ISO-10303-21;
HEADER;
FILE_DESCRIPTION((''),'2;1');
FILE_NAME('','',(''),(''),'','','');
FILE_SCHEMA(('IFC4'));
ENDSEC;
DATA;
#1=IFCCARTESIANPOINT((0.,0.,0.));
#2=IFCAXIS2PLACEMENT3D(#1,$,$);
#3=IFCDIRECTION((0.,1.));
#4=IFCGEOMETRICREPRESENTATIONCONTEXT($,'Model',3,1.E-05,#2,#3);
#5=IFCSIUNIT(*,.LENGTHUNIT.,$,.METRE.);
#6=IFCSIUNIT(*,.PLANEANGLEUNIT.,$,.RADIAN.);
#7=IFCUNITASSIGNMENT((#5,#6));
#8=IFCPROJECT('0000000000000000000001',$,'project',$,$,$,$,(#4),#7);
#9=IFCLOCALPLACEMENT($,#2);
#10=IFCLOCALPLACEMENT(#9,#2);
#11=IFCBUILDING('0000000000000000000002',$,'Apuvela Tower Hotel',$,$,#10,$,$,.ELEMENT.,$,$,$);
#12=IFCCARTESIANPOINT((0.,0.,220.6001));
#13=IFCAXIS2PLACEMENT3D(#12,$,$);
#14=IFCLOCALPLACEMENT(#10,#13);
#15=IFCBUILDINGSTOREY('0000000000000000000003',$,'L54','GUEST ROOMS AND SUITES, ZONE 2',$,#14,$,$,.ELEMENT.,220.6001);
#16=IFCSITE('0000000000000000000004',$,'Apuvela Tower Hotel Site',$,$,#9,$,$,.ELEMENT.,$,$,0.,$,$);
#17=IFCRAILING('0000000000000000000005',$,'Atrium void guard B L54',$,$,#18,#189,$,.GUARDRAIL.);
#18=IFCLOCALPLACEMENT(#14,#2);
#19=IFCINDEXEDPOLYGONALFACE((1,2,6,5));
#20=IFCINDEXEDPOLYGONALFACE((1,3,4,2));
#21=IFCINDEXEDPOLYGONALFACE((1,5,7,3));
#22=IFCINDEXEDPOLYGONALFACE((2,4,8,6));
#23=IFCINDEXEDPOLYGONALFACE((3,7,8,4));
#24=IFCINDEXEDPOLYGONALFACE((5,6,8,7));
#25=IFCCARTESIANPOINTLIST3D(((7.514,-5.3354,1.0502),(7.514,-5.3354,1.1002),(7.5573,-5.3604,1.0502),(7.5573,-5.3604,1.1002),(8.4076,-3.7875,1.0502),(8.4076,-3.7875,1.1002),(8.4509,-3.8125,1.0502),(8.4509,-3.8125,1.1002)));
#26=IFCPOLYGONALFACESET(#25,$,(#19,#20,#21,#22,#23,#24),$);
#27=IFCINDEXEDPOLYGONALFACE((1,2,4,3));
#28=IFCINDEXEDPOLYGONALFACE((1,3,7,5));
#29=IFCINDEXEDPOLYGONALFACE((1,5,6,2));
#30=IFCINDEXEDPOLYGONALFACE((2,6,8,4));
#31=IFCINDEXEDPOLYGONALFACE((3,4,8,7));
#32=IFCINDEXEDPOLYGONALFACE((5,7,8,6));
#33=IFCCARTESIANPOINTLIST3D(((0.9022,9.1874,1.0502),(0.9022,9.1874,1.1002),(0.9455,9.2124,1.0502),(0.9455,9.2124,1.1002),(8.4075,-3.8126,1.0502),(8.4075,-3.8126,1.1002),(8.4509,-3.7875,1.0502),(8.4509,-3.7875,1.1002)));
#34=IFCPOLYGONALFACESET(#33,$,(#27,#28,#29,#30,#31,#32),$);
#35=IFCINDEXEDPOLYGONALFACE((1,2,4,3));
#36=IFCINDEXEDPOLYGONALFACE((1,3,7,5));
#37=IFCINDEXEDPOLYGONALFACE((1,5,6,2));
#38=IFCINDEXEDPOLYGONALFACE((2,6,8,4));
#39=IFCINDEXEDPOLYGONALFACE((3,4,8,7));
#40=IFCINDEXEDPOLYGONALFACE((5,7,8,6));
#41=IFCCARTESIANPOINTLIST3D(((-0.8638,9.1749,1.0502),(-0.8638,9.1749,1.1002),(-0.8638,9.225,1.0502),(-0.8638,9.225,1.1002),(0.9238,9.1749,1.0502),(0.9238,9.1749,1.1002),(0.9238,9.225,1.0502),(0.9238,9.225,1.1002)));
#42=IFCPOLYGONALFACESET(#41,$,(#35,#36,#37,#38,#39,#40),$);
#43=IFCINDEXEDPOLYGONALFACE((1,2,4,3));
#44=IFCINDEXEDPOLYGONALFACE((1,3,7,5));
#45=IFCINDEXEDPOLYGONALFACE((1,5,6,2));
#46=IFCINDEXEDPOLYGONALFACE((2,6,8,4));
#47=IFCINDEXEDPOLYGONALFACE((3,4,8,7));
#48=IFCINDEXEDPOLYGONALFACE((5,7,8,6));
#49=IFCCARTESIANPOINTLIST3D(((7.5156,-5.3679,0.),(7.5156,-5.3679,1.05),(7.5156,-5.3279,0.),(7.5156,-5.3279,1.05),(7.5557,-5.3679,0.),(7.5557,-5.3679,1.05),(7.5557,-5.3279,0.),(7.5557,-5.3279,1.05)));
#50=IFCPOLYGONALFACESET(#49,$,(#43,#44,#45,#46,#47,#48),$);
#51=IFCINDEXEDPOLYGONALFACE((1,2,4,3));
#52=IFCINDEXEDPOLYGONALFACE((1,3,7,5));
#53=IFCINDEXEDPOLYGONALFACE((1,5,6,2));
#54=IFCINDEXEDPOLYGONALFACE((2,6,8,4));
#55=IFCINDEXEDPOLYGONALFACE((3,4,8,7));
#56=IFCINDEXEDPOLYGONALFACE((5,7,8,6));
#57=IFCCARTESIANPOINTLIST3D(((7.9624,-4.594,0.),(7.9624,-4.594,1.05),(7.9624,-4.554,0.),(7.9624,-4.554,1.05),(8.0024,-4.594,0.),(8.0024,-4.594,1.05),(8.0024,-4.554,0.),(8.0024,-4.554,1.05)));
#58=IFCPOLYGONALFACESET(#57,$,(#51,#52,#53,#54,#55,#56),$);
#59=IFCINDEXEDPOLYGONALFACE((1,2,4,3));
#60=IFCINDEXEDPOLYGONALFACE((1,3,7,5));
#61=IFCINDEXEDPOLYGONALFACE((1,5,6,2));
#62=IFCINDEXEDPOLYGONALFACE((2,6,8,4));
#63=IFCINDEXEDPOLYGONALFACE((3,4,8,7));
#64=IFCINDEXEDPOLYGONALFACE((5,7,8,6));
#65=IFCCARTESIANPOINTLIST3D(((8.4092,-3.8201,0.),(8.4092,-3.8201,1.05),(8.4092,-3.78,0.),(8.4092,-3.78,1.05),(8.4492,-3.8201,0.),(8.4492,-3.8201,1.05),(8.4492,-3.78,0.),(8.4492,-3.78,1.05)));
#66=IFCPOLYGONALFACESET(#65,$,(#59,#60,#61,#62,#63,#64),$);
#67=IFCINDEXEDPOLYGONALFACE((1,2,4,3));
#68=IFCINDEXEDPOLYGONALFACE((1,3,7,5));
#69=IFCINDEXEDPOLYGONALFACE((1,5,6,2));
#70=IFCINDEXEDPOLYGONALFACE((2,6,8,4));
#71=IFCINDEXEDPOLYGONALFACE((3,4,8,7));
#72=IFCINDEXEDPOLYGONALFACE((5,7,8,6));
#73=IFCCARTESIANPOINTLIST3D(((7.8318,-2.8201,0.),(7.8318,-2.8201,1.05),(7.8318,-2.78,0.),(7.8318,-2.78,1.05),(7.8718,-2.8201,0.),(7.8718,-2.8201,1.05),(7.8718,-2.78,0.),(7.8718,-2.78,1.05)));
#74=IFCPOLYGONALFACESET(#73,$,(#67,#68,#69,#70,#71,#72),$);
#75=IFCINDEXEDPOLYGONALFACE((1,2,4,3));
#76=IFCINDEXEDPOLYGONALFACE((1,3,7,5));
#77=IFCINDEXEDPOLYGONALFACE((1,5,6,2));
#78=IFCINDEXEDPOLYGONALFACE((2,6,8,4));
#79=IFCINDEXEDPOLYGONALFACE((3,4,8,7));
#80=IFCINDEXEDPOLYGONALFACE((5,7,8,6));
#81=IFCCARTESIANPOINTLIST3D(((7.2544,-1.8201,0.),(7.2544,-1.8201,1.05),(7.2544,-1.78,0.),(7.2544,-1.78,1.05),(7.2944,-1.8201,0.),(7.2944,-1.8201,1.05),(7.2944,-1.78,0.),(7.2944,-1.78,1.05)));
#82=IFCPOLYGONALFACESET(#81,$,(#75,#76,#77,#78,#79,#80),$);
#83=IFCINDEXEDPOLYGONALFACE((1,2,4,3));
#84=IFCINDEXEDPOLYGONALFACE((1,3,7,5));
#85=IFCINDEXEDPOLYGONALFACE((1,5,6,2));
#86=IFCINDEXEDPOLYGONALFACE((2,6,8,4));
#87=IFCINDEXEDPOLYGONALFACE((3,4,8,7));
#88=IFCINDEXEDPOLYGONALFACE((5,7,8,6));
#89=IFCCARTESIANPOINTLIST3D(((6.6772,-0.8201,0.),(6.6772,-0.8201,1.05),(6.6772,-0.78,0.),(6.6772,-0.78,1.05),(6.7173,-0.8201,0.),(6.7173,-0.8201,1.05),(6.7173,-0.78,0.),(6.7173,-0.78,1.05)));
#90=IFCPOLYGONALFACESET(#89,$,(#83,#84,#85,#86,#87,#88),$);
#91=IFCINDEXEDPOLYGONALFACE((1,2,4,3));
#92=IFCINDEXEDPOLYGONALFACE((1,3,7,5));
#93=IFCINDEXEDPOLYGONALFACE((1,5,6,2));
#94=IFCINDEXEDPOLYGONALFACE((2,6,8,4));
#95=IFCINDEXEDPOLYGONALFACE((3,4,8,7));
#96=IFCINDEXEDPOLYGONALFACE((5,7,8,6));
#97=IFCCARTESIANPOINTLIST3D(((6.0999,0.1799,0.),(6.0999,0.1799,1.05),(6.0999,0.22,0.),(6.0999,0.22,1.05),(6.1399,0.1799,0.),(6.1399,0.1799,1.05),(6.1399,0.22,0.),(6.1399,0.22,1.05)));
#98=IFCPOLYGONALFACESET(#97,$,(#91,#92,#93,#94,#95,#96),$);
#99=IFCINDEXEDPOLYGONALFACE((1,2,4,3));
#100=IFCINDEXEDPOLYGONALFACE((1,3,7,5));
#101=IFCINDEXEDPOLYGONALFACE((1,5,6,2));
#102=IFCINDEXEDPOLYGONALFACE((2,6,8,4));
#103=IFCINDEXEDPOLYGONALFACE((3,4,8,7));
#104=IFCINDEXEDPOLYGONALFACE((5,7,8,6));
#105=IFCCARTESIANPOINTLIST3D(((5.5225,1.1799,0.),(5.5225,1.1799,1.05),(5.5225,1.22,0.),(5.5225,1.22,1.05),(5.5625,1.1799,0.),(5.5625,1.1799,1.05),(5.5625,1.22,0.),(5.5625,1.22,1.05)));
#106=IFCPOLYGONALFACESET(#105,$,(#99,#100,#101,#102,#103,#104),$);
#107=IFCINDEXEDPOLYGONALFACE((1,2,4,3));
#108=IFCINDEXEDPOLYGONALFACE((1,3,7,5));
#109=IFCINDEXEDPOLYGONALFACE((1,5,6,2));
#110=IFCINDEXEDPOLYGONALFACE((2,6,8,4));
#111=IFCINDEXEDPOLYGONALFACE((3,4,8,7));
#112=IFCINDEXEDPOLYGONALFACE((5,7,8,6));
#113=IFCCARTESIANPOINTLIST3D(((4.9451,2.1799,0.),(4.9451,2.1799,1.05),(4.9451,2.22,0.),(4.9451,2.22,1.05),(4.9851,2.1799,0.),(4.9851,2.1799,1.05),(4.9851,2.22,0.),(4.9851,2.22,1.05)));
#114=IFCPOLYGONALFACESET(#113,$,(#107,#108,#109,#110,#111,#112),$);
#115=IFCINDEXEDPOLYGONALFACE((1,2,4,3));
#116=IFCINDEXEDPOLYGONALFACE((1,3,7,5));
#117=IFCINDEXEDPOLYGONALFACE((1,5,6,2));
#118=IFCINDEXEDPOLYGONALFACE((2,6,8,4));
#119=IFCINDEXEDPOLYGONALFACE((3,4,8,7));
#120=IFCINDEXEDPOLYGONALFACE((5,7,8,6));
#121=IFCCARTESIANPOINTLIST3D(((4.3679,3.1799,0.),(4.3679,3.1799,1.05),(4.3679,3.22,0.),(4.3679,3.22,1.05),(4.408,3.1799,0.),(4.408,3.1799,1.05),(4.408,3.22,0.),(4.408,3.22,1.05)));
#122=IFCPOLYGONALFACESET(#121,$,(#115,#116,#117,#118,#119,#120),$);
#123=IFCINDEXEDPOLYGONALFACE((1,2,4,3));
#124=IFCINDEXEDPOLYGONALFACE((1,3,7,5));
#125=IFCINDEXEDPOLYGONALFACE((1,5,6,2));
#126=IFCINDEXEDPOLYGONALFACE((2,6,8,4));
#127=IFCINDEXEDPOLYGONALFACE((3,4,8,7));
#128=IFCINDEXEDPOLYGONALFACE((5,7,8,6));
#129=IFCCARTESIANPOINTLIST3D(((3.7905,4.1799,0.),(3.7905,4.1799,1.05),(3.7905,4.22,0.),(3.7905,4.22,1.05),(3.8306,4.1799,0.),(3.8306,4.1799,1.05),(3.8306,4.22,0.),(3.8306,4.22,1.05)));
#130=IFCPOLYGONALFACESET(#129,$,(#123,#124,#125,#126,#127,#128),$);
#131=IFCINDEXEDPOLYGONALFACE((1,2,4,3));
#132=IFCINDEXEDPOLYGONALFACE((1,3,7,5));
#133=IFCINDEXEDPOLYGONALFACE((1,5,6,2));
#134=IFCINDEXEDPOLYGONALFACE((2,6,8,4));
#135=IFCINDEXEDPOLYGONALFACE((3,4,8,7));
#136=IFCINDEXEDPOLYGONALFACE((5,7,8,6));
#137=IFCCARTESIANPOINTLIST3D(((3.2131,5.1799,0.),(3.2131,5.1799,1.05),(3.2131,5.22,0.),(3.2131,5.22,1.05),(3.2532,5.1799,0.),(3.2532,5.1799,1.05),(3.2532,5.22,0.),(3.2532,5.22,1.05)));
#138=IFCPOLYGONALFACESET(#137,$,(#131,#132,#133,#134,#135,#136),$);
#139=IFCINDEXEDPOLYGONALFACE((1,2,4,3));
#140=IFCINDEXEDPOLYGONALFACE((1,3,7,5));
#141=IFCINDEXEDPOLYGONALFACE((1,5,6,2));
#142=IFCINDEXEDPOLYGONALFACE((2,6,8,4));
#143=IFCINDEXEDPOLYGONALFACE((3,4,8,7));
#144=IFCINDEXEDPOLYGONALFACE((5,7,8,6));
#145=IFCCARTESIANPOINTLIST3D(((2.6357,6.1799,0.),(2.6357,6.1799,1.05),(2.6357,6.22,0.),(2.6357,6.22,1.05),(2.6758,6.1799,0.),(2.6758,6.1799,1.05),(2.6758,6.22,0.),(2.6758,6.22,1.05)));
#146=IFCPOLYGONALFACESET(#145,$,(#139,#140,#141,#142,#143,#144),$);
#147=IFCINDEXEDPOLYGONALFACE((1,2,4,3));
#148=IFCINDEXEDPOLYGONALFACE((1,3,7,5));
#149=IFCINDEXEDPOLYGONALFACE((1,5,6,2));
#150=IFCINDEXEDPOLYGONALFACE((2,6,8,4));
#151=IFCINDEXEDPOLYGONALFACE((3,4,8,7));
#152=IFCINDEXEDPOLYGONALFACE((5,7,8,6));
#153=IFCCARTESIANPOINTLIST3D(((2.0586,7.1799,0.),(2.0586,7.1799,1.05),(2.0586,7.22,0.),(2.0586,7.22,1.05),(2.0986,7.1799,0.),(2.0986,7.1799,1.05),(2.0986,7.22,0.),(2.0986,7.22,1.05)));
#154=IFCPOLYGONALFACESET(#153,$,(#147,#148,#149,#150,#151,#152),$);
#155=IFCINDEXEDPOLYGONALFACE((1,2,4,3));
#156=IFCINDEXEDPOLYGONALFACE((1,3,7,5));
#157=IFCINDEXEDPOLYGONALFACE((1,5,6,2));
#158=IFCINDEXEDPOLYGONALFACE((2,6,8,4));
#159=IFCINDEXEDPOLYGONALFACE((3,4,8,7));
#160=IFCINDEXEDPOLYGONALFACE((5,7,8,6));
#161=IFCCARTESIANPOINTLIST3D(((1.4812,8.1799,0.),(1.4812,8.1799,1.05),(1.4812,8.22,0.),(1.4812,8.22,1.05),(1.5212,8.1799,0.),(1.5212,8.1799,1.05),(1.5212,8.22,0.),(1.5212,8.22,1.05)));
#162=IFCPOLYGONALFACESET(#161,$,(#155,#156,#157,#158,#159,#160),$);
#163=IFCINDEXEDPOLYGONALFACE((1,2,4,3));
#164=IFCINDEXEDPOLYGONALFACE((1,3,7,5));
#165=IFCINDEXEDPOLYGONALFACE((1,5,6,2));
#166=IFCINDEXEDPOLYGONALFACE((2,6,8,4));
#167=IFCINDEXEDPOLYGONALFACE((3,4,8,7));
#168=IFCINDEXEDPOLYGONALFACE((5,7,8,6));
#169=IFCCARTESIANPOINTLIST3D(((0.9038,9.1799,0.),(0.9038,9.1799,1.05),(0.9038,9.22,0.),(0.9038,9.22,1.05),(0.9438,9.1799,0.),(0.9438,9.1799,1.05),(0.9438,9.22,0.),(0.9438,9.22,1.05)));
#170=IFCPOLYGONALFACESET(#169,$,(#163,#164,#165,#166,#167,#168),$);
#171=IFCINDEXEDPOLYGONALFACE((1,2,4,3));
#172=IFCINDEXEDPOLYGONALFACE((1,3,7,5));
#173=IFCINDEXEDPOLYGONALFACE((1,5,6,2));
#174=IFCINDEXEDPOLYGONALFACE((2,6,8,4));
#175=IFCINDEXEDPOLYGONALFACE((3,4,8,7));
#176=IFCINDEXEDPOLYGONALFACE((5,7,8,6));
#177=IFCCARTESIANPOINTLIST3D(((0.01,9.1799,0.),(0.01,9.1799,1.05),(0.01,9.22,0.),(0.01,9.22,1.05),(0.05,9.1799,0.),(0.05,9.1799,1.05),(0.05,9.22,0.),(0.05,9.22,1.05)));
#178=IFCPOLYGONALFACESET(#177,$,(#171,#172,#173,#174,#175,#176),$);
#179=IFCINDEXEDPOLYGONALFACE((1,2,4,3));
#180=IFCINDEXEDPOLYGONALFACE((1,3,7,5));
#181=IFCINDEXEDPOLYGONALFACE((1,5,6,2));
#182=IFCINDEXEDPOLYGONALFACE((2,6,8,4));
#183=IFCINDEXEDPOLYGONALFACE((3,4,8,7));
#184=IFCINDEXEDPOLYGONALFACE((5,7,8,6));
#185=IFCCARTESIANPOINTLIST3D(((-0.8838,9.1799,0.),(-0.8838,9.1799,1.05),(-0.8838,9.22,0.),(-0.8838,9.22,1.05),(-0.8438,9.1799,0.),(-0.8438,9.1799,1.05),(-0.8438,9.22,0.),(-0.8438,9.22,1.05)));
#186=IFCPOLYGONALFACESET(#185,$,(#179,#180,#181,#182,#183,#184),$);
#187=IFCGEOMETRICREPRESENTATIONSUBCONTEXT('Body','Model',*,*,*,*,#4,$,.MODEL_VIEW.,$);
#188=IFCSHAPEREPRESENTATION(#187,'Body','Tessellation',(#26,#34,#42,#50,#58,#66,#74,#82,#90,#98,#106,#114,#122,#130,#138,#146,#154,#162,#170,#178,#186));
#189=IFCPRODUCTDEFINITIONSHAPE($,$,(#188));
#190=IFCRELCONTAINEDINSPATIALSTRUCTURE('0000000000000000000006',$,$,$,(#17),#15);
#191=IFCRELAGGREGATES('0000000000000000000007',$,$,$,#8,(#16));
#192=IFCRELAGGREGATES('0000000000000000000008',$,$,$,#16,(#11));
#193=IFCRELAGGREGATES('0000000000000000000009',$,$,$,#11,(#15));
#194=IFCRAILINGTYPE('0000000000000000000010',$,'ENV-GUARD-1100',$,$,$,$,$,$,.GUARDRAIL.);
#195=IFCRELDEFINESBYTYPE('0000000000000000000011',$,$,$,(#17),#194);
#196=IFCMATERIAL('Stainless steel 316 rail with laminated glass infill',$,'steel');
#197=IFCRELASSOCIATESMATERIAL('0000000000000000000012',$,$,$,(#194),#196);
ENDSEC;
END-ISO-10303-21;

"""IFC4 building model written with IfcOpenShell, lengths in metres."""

from ifc_helpers import new_model, si_unit, direction, frame, origin, origin_2d, place, context, subcontext, project, spatial, rectangle, extrude, material, type_object, element, save


model = new_model("IFC4")

# Units and contexts
model_context = context("Model", 3, precision=1e-05, world=origin(), true_north=direction((0.0, 1.0)))
body_context = subcontext(model_context, "Body", "Model", "MODEL_VIEW")
ifc_project = project(units=[si_unit("LENGTHUNIT", "METRE"), si_unit("PLANEANGLEUNIT", "RADIAN")], contexts=[model_context])

# Site, building, storey
site_placement = place(None, origin())
site = spatial("IfcSite", under=ifc_project, at=site_placement, Name="Apuvela Tower Hotel Site", CompositionType="ELEMENT", RefElevation=0.0)
building_placement = place(site_placement, origin())
building = spatial("IfcBuilding", under=site, at=building_placement, Name="Apuvela Tower Hotel", CompositionType="ELEMENT")
storey_placement = place(building_placement, frame((0.0, 0.0, 220.6001)))
storey = spatial("IfcBuildingStorey", under=building, at=storey_placement, Name="L54", Description="GUEST ROOMS AND SUITES, ZONE 2", CompositionType="ELEMENT", Elevation=220.6001)

# Railing
ifc_material_1 = material(Name="Stainless steel 316 rail with laminated glass infill", Category="steel")
railing_type_1 = type_object("IfcRailingType", Name="ENV-GUARD-1100", PredefinedType="GUARDRAIL", material=ifc_material_1)
railing_1_placement = place(storey_placement, frame((7.5356, -5.3479, 0.0)))
element("IfcRailing", 1, at=railing_1_placement, inside=storey, type_object=railing_type_1, Name="Atrium void guard B L54", PredefinedType="GUARDRAIL", context=body_context, shape_type="SweptSolid", body=[
    extrude(rectangle(XDim=0.05, YDim=0.05, at=origin_2d()), frame((0.0, 0.0, 1.0752), z_axis=(0.499959, 0.866049, 0.0), x_axis=(-0.866049, 0.499959, 0.0)), (0.0, 0.0, 1.0), 1.7874),
    extrude(rectangle(XDim=0.05, YDim=0.05, at=origin_2d()), frame((0.8936, 1.5479, 1.0752), z_axis=(-0.499991, 0.866031, 0.0), x_axis=(-0.866031, -0.499991, 0.0)), (0.0, 0.0, 1.0), 15.011),
    extrude(rectangle(XDim=0.05, YDim=0.05, at=origin_2d()), frame((-6.6118, 14.5479, 1.0752), z_axis=(-1.0, 0.0, 0.0), x_axis=(0.0, -1.0, 0.0)), (0.0, 0.0, 1.0), 1.7876),
    extrude(rectangle(XDim=0.04, YDim=0.04, at=origin_2d()), origin(), (0.0, 0.0, 1.0), 1.05),
    extrude(rectangle(XDim=0.04, YDim=0.04, at=origin_2d()), frame((0.4468, 0.7739, 0.0)), (0.0, 0.0, 1.0), 1.05),
    extrude(rectangle(XDim=0.04, YDim=0.04, at=origin_2d()), frame((0.8936, 1.5479, 0.0)), (0.0, 0.0, 1.0), 1.05),
    extrude(rectangle(XDim=0.04, YDim=0.04, at=origin_2d()), frame((0.3162, 2.5479, 0.0)), (0.0, 0.0, 1.0), 1.05),
    extrude(rectangle(XDim=0.04, YDim=0.04, at=origin_2d()), frame((-0.2612, 3.5479, 0.0)), (0.0, 0.0, 1.0), 1.05),
    extrude(rectangle(XDim=0.04, YDim=0.04, at=origin_2d()), frame((-0.8384, 4.5479, 0.0)), (0.0, 0.0, 1.0), 1.05),
    extrude(rectangle(XDim=0.04, YDim=0.04, at=origin_2d()), frame((-1.4158, 5.5479, 0.0)), (0.0, 0.0, 1.0), 1.05),
    extrude(rectangle(XDim=0.04, YDim=0.04, at=origin_2d()), frame((-1.9932, 6.5479, 0.0)), (0.0, 0.0, 1.0), 1.05),
    extrude(rectangle(XDim=0.04, YDim=0.04, at=origin_2d()), frame((-2.5706, 7.5479, 0.0)), (0.0, 0.0, 1.0), 1.05),
    extrude(rectangle(XDim=0.04, YDim=0.04, at=origin_2d()), frame((-3.1477, 8.5479, 0.0)), (0.0, 0.0, 1.0), 1.05),
    extrude(rectangle(XDim=0.04, YDim=0.04, at=origin_2d()), frame((-3.7251, 9.5479, 0.0)), (0.0, 0.0, 1.0), 1.05),
    extrude(rectangle(XDim=0.04, YDim=0.04, at=origin_2d()), frame((-4.3025, 10.5479, 0.0)), (0.0, 0.0, 1.0), 1.05),
    extrude(rectangle(XDim=0.04, YDim=0.04, at=origin_2d()), frame((-4.8799, 11.5479, 0.0)), (0.0, 0.0, 1.0), 1.05),
    extrude(rectangle(XDim=0.04, YDim=0.04, at=origin_2d()), frame((-5.457, 12.5479, 0.0)), (0.0, 0.0, 1.0), 1.05),
    extrude(rectangle(XDim=0.04, YDim=0.04, at=origin_2d()), frame((-6.0344, 13.5479, 0.0)), (0.0, 0.0, 1.0), 1.05),
    extrude(rectangle(XDim=0.04, YDim=0.04, at=origin_2d()), frame((-6.6118, 14.5479, 0.0)), (0.0, 0.0, 1.0), 1.05),
    extrude(rectangle(XDim=0.04, YDim=0.04, at=origin_2d()), frame((-7.5056, 14.5479, 0.0)), (0.0, 0.0, 1.0), 1.05),
    extrude(rectangle(XDim=0.04, YDim=0.04, at=origin_2d()), frame((-8.3994, 14.5479, 0.0)), (0.0, 0.0, 1.0), 1.05),
])

save(model, "model.ifc")
